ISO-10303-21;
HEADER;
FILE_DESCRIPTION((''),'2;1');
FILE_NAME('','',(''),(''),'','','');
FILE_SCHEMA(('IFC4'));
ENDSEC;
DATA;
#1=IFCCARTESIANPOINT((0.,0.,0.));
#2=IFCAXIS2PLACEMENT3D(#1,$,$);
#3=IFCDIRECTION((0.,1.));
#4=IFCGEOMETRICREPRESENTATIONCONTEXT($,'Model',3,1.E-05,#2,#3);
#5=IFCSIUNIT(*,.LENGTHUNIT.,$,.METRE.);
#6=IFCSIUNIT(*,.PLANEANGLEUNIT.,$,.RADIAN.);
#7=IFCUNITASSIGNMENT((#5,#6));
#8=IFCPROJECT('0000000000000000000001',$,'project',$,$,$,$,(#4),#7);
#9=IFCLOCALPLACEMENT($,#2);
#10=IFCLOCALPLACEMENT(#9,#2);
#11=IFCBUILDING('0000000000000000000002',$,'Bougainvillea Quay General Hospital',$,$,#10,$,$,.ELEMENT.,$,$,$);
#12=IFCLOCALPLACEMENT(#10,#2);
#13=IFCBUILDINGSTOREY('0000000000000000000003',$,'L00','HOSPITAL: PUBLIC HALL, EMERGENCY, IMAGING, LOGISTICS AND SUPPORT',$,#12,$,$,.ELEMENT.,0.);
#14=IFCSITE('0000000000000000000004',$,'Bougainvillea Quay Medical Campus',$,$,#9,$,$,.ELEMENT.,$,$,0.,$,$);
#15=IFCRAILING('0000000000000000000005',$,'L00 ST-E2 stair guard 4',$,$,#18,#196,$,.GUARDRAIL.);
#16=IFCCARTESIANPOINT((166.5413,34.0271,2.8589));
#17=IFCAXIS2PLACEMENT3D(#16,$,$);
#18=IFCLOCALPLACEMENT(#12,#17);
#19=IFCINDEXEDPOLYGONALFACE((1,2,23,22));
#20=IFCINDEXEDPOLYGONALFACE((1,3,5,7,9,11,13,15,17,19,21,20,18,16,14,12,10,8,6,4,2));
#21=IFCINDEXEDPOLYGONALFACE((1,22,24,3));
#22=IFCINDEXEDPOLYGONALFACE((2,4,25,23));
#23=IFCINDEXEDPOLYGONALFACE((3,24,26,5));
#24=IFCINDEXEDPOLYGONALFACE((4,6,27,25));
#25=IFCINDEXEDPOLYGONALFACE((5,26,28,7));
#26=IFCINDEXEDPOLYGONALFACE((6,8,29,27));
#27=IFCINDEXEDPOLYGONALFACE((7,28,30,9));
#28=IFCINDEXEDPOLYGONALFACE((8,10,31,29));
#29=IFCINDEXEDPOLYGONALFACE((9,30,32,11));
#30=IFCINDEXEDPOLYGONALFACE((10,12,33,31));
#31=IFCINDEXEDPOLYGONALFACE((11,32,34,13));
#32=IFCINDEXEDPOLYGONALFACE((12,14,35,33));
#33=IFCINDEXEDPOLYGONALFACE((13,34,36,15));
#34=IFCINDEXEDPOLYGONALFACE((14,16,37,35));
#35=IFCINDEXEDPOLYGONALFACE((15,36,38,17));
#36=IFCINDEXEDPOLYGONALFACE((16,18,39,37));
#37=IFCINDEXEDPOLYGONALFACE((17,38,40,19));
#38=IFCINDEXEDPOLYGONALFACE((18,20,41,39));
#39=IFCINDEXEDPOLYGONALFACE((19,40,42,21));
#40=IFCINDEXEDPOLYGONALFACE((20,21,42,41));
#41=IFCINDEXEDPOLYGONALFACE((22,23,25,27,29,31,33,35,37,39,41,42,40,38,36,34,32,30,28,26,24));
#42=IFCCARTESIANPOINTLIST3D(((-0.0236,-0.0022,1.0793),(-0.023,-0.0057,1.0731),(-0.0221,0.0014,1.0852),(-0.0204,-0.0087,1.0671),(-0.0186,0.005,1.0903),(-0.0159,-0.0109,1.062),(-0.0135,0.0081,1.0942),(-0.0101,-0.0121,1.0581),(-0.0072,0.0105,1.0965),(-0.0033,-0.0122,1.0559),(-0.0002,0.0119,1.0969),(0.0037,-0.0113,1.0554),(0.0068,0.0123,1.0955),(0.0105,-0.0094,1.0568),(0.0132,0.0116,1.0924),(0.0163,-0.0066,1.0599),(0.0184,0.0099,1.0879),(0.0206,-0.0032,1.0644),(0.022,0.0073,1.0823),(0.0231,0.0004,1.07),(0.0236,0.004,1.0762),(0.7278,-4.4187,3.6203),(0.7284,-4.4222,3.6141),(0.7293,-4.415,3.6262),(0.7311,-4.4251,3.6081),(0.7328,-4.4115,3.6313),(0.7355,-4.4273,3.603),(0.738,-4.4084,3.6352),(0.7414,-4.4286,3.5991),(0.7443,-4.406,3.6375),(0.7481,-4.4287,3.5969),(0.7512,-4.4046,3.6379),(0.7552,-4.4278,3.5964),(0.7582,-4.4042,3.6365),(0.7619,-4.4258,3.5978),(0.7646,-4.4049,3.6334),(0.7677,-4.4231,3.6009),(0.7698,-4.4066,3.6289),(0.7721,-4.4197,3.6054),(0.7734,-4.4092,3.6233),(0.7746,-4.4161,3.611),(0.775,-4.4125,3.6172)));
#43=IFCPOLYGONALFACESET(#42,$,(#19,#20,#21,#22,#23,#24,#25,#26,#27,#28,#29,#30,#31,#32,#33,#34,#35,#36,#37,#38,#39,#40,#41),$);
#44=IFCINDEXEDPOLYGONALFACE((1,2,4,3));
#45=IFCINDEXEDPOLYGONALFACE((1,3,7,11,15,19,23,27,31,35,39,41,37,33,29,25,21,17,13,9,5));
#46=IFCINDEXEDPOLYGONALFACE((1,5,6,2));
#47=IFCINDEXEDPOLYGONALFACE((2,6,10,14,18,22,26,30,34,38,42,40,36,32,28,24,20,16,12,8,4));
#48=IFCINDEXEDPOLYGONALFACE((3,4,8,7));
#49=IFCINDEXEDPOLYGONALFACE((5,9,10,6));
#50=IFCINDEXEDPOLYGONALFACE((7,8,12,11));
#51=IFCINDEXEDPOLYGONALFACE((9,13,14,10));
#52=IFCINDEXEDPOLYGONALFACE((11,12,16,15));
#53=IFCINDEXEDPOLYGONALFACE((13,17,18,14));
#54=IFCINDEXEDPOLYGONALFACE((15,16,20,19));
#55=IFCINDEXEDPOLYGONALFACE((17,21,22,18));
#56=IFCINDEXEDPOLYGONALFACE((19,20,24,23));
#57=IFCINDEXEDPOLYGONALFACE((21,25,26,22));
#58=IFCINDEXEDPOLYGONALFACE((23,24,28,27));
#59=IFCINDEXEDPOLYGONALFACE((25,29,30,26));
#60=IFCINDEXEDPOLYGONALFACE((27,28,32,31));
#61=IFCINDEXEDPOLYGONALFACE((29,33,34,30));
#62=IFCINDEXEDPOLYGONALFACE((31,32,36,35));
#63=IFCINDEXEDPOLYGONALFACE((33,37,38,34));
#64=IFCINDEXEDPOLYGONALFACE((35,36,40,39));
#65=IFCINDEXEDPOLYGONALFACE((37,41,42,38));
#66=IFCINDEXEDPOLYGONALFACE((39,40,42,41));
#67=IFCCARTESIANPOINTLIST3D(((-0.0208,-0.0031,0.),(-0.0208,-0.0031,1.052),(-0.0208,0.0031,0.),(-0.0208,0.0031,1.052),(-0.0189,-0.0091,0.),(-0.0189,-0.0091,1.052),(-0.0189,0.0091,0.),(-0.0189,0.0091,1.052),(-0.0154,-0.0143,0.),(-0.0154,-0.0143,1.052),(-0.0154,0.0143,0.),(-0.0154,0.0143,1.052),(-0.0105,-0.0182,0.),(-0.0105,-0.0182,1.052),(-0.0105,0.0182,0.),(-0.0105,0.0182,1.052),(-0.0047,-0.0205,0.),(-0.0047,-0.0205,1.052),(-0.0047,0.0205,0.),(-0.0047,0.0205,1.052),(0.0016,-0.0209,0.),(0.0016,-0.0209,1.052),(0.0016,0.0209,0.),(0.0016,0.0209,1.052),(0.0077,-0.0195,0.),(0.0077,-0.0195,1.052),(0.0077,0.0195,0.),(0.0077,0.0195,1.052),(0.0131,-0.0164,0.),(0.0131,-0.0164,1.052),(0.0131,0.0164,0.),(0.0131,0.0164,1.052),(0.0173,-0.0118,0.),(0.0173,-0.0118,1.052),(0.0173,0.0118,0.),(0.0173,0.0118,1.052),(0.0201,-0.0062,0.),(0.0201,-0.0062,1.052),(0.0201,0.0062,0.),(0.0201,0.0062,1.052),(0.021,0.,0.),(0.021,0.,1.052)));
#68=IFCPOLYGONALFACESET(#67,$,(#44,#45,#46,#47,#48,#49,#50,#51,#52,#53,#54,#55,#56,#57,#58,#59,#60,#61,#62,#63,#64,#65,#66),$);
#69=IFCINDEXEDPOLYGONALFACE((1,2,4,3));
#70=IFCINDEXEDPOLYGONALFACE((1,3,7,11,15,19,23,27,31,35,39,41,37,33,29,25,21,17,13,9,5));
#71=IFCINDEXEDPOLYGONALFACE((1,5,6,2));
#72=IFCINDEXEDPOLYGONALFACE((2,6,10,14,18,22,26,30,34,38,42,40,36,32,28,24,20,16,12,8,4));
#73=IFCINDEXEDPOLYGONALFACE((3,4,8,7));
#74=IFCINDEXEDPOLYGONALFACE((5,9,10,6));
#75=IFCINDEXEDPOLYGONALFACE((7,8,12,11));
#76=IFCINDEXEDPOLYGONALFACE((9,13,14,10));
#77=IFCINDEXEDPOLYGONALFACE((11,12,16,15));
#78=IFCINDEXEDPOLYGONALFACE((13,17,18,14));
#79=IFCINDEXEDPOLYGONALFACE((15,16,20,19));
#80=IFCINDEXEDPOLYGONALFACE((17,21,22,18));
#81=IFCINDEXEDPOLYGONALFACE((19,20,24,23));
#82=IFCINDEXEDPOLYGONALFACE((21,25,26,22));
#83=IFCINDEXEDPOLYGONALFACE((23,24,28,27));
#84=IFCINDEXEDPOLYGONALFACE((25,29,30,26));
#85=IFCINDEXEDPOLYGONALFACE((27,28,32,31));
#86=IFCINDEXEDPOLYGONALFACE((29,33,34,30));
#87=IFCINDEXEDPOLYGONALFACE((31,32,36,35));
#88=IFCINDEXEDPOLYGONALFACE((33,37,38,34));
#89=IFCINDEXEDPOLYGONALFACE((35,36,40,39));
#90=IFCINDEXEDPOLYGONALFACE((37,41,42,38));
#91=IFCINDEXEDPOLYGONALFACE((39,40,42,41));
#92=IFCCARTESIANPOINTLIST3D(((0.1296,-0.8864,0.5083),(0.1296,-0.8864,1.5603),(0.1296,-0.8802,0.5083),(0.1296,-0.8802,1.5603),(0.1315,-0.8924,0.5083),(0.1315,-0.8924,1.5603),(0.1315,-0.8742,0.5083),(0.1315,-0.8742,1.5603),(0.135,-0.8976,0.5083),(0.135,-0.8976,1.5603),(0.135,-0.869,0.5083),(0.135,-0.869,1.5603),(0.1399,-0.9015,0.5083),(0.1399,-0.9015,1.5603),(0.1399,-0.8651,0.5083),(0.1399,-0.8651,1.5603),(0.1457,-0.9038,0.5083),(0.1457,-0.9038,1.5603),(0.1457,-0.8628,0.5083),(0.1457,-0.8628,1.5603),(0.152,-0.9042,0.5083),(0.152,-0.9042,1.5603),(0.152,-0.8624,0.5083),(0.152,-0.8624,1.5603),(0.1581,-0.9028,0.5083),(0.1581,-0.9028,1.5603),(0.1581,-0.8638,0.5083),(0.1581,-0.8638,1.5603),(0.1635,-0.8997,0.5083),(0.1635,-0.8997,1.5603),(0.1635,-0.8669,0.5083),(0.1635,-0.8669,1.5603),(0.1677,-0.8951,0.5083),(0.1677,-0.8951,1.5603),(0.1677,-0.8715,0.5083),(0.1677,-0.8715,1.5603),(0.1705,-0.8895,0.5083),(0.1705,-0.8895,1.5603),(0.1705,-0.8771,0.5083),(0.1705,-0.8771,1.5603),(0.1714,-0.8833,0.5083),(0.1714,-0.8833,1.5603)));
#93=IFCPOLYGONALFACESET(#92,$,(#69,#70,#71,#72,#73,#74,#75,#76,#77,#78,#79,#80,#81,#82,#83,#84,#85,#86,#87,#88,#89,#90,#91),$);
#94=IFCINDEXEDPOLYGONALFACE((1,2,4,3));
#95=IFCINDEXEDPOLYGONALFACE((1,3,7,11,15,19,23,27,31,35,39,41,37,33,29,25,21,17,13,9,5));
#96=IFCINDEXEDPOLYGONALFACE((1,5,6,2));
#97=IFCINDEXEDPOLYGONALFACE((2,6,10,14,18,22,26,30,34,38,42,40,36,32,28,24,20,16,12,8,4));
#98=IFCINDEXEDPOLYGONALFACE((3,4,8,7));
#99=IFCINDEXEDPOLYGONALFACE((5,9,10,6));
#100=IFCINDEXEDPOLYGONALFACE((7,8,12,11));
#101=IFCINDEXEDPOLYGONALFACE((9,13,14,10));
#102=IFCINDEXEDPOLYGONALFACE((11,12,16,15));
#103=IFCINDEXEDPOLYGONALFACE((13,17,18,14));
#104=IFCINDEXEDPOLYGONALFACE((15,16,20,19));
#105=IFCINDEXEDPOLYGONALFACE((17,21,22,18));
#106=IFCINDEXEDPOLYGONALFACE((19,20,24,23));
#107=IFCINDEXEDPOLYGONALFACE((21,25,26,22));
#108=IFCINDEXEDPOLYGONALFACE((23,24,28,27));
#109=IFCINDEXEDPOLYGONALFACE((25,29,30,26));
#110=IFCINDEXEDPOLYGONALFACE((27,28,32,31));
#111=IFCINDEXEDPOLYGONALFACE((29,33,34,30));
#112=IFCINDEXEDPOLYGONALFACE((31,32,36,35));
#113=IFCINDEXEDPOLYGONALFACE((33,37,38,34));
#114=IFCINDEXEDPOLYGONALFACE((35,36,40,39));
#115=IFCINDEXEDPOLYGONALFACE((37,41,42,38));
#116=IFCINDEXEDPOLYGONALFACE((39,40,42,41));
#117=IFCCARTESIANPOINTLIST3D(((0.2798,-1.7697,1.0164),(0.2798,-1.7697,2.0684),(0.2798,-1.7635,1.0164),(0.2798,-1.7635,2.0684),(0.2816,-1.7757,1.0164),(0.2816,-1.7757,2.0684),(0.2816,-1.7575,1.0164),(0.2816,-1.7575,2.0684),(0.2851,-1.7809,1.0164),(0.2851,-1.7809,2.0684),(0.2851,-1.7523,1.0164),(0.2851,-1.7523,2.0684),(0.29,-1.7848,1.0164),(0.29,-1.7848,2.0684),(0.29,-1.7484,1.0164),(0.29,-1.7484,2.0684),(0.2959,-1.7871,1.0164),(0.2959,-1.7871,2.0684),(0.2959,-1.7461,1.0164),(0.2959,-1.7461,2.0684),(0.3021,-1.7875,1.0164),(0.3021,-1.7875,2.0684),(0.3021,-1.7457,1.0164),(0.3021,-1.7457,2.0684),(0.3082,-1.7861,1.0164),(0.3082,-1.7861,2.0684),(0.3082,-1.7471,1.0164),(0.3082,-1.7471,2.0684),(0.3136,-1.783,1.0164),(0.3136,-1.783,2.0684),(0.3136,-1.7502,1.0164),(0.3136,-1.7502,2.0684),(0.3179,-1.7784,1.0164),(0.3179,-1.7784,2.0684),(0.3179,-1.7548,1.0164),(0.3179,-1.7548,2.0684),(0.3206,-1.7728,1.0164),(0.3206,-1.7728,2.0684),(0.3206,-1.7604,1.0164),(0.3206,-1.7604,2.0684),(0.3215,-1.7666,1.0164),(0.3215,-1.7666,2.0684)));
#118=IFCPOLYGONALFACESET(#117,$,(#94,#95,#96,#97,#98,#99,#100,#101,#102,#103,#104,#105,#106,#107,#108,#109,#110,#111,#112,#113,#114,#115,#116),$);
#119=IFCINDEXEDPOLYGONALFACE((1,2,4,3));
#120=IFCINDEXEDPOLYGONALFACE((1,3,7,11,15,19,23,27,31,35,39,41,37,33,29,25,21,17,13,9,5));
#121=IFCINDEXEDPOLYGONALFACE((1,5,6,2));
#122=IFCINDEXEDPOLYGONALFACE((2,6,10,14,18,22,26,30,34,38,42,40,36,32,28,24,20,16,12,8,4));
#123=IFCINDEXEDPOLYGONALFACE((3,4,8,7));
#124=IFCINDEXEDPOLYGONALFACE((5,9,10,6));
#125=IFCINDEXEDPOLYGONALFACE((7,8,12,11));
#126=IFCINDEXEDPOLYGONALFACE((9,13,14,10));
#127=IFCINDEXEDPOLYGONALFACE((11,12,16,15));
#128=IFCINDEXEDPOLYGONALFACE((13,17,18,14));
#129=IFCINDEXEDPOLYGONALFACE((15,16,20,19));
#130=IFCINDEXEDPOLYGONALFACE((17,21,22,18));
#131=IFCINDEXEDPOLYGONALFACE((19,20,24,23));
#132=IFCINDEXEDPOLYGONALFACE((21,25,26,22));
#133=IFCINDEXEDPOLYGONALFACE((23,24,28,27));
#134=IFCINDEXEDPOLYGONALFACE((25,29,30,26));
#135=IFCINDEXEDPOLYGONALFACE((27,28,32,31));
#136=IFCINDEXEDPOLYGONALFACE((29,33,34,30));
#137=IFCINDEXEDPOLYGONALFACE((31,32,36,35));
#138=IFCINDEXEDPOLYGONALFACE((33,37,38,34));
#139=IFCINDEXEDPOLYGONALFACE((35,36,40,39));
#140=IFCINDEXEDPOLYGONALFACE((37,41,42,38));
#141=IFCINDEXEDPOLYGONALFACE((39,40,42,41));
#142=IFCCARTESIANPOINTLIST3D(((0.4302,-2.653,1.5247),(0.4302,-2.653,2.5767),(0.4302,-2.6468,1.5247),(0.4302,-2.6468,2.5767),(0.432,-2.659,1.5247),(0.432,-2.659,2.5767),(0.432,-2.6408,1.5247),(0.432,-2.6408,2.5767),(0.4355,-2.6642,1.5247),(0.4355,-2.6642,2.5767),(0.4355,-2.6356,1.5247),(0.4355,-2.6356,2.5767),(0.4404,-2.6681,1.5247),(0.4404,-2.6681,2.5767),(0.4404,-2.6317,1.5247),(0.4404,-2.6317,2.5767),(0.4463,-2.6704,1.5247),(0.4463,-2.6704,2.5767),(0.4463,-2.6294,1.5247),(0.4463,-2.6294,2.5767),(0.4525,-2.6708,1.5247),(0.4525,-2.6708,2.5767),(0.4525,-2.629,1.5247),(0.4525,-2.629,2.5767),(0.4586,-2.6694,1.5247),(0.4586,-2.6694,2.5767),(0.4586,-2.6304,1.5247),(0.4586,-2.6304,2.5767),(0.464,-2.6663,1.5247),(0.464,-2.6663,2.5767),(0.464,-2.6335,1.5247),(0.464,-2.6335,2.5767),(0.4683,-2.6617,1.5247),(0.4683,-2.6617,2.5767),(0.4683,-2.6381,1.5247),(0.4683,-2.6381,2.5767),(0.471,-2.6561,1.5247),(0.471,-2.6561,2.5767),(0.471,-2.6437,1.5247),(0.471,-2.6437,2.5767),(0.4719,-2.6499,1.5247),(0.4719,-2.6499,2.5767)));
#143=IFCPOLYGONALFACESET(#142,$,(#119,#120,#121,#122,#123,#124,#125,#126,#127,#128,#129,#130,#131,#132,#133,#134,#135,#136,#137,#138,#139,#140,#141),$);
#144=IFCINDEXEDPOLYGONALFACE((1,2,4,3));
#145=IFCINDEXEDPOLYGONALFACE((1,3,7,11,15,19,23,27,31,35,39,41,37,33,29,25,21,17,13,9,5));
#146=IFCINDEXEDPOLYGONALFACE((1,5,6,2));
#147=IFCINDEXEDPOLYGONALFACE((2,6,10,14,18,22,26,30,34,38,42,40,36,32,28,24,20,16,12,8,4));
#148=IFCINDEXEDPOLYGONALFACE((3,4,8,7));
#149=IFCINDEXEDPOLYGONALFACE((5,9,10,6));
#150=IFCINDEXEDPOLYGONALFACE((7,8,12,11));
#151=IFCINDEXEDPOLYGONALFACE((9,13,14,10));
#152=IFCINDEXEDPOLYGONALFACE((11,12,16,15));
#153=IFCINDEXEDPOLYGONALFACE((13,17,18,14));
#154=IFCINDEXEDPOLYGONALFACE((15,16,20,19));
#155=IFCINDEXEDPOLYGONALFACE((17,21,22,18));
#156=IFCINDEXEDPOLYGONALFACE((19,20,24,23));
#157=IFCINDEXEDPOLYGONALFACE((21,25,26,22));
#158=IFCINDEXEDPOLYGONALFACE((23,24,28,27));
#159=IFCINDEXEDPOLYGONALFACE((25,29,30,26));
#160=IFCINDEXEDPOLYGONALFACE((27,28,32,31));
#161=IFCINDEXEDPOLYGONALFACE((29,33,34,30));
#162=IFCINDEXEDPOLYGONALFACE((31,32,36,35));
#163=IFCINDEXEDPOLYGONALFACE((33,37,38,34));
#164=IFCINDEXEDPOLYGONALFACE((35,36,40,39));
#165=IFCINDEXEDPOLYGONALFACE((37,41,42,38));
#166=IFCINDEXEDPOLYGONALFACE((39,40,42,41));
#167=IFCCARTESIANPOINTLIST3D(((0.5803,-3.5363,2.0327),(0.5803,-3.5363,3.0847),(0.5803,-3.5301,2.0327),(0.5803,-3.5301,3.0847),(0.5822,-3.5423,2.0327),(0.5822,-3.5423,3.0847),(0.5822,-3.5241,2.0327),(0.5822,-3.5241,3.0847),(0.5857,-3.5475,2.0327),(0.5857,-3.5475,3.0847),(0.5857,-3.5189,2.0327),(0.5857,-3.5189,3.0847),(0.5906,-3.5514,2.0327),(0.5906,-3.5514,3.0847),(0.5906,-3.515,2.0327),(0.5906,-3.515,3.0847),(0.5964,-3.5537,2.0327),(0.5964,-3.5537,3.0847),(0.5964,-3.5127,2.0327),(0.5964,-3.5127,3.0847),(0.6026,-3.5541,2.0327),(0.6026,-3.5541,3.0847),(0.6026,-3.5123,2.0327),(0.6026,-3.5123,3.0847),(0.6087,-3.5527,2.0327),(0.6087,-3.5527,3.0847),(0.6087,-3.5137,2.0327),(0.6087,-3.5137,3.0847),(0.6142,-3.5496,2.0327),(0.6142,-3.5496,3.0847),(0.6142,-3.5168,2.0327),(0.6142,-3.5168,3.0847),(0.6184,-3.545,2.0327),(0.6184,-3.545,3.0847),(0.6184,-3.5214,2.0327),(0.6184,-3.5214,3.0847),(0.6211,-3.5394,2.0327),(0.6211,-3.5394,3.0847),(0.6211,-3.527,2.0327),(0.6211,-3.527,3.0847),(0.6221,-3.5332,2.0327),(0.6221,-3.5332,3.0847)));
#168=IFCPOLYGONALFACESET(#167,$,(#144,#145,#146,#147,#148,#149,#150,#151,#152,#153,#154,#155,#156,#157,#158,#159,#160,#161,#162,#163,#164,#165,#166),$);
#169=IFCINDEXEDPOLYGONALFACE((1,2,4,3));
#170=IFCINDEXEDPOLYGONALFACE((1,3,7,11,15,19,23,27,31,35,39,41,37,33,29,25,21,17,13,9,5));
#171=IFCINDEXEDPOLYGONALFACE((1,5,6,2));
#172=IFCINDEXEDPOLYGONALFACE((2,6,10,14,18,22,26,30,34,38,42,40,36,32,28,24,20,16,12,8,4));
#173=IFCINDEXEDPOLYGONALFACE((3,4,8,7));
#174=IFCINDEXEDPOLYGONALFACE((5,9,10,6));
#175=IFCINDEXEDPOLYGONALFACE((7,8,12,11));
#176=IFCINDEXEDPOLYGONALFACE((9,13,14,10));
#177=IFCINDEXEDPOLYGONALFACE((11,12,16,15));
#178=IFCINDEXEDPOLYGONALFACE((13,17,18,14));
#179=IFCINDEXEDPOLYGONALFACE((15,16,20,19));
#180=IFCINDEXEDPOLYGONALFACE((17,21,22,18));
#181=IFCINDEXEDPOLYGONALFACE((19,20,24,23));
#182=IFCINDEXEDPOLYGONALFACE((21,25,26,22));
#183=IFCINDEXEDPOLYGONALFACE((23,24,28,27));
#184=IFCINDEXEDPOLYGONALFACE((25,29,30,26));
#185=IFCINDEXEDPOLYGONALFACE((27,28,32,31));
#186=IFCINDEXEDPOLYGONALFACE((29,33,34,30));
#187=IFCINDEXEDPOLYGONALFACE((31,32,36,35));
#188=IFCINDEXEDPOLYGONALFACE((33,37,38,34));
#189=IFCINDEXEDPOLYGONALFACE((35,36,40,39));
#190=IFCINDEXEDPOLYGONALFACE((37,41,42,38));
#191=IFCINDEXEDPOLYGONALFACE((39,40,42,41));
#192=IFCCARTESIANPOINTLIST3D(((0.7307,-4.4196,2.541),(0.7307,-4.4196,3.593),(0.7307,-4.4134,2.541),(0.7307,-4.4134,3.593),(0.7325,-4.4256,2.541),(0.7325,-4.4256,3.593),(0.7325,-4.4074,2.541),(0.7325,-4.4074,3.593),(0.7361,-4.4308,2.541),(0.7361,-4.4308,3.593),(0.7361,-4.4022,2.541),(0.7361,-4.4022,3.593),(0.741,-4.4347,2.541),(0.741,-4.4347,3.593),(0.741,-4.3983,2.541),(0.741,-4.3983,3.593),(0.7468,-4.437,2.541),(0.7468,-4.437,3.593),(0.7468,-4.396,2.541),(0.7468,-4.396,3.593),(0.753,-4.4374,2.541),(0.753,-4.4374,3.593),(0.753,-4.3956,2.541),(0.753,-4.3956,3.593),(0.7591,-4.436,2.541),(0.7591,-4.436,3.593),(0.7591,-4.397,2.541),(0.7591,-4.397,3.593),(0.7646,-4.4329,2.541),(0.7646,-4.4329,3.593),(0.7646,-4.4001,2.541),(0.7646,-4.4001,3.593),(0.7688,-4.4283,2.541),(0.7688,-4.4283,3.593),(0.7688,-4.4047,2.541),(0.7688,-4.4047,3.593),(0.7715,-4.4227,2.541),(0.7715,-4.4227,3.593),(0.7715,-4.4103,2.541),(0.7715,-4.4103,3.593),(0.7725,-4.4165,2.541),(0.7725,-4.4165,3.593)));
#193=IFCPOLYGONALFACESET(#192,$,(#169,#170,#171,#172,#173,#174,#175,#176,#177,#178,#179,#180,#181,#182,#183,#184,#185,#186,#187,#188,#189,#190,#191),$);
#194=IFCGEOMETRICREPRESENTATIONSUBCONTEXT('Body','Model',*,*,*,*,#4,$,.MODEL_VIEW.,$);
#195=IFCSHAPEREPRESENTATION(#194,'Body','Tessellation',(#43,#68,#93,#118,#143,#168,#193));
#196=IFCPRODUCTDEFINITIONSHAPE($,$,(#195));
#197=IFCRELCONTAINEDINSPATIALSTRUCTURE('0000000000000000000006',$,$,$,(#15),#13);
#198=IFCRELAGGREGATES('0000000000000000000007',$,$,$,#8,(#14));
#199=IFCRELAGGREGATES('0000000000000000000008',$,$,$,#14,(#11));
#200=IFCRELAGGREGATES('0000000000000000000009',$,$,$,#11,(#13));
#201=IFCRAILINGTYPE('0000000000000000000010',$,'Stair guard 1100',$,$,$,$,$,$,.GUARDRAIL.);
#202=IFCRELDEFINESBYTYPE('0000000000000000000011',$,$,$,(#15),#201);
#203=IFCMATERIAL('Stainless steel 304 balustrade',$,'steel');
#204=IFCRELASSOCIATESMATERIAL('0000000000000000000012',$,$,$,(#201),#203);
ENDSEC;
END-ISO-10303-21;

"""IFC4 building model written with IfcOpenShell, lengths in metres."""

from ifc_helpers import new_model, si_unit, direction, frame, origin, origin_2d, place, context, subcontext, project, spatial, circle, extrude, material, type_object, element, save


model = new_model("IFC4")

# Units and contexts
model_context = context("Model", 3, precision=1e-05, world=origin(), true_north=direction((0.0, 1.0)))
body_context = subcontext(model_context, "Body", "Model", "MODEL_VIEW")
ifc_project = project(units=[si_unit("LENGTHUNIT", "METRE"), si_unit("PLANEANGLEUNIT", "RADIAN")], contexts=[model_context])

# Site, building, storey
site_placement = place(None, origin())
site = spatial("IfcSite", under=ifc_project, at=site_placement, Name="Bougainvillea Quay Medical Campus", CompositionType="ELEMENT", RefElevation=0.0)
building_placement = place(site_placement, origin())
building = spatial("IfcBuilding", under=site, at=building_placement, Name="Bougainvillea Quay General Hospital", CompositionType="ELEMENT")
storey_placement = place(building_placement, origin())
storey = spatial("IfcBuildingStorey", under=building, at=storey_placement, Name="L00", Description="HOSPITAL: PUBLIC HALL, EMERGENCY, IMAGING, LOGISTICS AND SUPPORT", CompositionType="ELEMENT", Elevation=0.0)

# Railing
ifc_material_1 = material(Name="Stainless steel 304 balustrade", Category="steel")
railing_type_1 = type_object("IfcRailingType", Name="Stair guard 1100", PredefinedType="GUARDRAIL", material=ifc_material_1)
railing_1_placement = place(storey_placement, frame((166.5413, 34.0271, 2.8589)))
element("IfcRailing", 1, at=railing_1_placement, inside=storey, type_object=railing_type_1, Name="L00 ST-E2 stair guard 4", PredefinedType="GUARDRAIL", context=body_context, shape_type="SweptSolid", body=[
    extrude(circle(Radius=0.0239, at=origin_2d()), frame((0.0, 0.0, 1.0762), z_axis=(0.145903, -0.857501, 0.49336), x_axis=(0.985832, 0.167738, 0.0)), (0.0, 0.0, 1.0), 5.1504),
    extrude(circle(Radius=0.021, at=origin_2d()), origin(), (0.0, 0.0, 1.0), 1.052),
    extrude(circle(Radius=0.021, at=origin_2d()), frame((0.1504, -0.8833, 0.5083)), (0.0, 0.0, 1.0), 1.052),
    extrude(circle(Radius=0.021, at=origin_2d()), frame((0.3005, -1.7666, 1.0164)), (0.0, 0.0, 1.0), 1.052),
    extrude(circle(Radius=0.021, at=origin_2d()), frame((0.4509, -2.6499, 1.5247)), (0.0, 0.0, 1.0), 1.052),
    extrude(circle(Radius=0.021, at=origin_2d()), frame((0.6011, -3.5332, 2.0327)), (0.0, 0.0, 1.0), 1.052),
    extrude(circle(Radius=0.021, at=origin_2d()), frame((0.7515, -4.4165, 2.541)), (0.0, 0.0, 1.0), 1.052),
])

save(model, "model.ifc")
